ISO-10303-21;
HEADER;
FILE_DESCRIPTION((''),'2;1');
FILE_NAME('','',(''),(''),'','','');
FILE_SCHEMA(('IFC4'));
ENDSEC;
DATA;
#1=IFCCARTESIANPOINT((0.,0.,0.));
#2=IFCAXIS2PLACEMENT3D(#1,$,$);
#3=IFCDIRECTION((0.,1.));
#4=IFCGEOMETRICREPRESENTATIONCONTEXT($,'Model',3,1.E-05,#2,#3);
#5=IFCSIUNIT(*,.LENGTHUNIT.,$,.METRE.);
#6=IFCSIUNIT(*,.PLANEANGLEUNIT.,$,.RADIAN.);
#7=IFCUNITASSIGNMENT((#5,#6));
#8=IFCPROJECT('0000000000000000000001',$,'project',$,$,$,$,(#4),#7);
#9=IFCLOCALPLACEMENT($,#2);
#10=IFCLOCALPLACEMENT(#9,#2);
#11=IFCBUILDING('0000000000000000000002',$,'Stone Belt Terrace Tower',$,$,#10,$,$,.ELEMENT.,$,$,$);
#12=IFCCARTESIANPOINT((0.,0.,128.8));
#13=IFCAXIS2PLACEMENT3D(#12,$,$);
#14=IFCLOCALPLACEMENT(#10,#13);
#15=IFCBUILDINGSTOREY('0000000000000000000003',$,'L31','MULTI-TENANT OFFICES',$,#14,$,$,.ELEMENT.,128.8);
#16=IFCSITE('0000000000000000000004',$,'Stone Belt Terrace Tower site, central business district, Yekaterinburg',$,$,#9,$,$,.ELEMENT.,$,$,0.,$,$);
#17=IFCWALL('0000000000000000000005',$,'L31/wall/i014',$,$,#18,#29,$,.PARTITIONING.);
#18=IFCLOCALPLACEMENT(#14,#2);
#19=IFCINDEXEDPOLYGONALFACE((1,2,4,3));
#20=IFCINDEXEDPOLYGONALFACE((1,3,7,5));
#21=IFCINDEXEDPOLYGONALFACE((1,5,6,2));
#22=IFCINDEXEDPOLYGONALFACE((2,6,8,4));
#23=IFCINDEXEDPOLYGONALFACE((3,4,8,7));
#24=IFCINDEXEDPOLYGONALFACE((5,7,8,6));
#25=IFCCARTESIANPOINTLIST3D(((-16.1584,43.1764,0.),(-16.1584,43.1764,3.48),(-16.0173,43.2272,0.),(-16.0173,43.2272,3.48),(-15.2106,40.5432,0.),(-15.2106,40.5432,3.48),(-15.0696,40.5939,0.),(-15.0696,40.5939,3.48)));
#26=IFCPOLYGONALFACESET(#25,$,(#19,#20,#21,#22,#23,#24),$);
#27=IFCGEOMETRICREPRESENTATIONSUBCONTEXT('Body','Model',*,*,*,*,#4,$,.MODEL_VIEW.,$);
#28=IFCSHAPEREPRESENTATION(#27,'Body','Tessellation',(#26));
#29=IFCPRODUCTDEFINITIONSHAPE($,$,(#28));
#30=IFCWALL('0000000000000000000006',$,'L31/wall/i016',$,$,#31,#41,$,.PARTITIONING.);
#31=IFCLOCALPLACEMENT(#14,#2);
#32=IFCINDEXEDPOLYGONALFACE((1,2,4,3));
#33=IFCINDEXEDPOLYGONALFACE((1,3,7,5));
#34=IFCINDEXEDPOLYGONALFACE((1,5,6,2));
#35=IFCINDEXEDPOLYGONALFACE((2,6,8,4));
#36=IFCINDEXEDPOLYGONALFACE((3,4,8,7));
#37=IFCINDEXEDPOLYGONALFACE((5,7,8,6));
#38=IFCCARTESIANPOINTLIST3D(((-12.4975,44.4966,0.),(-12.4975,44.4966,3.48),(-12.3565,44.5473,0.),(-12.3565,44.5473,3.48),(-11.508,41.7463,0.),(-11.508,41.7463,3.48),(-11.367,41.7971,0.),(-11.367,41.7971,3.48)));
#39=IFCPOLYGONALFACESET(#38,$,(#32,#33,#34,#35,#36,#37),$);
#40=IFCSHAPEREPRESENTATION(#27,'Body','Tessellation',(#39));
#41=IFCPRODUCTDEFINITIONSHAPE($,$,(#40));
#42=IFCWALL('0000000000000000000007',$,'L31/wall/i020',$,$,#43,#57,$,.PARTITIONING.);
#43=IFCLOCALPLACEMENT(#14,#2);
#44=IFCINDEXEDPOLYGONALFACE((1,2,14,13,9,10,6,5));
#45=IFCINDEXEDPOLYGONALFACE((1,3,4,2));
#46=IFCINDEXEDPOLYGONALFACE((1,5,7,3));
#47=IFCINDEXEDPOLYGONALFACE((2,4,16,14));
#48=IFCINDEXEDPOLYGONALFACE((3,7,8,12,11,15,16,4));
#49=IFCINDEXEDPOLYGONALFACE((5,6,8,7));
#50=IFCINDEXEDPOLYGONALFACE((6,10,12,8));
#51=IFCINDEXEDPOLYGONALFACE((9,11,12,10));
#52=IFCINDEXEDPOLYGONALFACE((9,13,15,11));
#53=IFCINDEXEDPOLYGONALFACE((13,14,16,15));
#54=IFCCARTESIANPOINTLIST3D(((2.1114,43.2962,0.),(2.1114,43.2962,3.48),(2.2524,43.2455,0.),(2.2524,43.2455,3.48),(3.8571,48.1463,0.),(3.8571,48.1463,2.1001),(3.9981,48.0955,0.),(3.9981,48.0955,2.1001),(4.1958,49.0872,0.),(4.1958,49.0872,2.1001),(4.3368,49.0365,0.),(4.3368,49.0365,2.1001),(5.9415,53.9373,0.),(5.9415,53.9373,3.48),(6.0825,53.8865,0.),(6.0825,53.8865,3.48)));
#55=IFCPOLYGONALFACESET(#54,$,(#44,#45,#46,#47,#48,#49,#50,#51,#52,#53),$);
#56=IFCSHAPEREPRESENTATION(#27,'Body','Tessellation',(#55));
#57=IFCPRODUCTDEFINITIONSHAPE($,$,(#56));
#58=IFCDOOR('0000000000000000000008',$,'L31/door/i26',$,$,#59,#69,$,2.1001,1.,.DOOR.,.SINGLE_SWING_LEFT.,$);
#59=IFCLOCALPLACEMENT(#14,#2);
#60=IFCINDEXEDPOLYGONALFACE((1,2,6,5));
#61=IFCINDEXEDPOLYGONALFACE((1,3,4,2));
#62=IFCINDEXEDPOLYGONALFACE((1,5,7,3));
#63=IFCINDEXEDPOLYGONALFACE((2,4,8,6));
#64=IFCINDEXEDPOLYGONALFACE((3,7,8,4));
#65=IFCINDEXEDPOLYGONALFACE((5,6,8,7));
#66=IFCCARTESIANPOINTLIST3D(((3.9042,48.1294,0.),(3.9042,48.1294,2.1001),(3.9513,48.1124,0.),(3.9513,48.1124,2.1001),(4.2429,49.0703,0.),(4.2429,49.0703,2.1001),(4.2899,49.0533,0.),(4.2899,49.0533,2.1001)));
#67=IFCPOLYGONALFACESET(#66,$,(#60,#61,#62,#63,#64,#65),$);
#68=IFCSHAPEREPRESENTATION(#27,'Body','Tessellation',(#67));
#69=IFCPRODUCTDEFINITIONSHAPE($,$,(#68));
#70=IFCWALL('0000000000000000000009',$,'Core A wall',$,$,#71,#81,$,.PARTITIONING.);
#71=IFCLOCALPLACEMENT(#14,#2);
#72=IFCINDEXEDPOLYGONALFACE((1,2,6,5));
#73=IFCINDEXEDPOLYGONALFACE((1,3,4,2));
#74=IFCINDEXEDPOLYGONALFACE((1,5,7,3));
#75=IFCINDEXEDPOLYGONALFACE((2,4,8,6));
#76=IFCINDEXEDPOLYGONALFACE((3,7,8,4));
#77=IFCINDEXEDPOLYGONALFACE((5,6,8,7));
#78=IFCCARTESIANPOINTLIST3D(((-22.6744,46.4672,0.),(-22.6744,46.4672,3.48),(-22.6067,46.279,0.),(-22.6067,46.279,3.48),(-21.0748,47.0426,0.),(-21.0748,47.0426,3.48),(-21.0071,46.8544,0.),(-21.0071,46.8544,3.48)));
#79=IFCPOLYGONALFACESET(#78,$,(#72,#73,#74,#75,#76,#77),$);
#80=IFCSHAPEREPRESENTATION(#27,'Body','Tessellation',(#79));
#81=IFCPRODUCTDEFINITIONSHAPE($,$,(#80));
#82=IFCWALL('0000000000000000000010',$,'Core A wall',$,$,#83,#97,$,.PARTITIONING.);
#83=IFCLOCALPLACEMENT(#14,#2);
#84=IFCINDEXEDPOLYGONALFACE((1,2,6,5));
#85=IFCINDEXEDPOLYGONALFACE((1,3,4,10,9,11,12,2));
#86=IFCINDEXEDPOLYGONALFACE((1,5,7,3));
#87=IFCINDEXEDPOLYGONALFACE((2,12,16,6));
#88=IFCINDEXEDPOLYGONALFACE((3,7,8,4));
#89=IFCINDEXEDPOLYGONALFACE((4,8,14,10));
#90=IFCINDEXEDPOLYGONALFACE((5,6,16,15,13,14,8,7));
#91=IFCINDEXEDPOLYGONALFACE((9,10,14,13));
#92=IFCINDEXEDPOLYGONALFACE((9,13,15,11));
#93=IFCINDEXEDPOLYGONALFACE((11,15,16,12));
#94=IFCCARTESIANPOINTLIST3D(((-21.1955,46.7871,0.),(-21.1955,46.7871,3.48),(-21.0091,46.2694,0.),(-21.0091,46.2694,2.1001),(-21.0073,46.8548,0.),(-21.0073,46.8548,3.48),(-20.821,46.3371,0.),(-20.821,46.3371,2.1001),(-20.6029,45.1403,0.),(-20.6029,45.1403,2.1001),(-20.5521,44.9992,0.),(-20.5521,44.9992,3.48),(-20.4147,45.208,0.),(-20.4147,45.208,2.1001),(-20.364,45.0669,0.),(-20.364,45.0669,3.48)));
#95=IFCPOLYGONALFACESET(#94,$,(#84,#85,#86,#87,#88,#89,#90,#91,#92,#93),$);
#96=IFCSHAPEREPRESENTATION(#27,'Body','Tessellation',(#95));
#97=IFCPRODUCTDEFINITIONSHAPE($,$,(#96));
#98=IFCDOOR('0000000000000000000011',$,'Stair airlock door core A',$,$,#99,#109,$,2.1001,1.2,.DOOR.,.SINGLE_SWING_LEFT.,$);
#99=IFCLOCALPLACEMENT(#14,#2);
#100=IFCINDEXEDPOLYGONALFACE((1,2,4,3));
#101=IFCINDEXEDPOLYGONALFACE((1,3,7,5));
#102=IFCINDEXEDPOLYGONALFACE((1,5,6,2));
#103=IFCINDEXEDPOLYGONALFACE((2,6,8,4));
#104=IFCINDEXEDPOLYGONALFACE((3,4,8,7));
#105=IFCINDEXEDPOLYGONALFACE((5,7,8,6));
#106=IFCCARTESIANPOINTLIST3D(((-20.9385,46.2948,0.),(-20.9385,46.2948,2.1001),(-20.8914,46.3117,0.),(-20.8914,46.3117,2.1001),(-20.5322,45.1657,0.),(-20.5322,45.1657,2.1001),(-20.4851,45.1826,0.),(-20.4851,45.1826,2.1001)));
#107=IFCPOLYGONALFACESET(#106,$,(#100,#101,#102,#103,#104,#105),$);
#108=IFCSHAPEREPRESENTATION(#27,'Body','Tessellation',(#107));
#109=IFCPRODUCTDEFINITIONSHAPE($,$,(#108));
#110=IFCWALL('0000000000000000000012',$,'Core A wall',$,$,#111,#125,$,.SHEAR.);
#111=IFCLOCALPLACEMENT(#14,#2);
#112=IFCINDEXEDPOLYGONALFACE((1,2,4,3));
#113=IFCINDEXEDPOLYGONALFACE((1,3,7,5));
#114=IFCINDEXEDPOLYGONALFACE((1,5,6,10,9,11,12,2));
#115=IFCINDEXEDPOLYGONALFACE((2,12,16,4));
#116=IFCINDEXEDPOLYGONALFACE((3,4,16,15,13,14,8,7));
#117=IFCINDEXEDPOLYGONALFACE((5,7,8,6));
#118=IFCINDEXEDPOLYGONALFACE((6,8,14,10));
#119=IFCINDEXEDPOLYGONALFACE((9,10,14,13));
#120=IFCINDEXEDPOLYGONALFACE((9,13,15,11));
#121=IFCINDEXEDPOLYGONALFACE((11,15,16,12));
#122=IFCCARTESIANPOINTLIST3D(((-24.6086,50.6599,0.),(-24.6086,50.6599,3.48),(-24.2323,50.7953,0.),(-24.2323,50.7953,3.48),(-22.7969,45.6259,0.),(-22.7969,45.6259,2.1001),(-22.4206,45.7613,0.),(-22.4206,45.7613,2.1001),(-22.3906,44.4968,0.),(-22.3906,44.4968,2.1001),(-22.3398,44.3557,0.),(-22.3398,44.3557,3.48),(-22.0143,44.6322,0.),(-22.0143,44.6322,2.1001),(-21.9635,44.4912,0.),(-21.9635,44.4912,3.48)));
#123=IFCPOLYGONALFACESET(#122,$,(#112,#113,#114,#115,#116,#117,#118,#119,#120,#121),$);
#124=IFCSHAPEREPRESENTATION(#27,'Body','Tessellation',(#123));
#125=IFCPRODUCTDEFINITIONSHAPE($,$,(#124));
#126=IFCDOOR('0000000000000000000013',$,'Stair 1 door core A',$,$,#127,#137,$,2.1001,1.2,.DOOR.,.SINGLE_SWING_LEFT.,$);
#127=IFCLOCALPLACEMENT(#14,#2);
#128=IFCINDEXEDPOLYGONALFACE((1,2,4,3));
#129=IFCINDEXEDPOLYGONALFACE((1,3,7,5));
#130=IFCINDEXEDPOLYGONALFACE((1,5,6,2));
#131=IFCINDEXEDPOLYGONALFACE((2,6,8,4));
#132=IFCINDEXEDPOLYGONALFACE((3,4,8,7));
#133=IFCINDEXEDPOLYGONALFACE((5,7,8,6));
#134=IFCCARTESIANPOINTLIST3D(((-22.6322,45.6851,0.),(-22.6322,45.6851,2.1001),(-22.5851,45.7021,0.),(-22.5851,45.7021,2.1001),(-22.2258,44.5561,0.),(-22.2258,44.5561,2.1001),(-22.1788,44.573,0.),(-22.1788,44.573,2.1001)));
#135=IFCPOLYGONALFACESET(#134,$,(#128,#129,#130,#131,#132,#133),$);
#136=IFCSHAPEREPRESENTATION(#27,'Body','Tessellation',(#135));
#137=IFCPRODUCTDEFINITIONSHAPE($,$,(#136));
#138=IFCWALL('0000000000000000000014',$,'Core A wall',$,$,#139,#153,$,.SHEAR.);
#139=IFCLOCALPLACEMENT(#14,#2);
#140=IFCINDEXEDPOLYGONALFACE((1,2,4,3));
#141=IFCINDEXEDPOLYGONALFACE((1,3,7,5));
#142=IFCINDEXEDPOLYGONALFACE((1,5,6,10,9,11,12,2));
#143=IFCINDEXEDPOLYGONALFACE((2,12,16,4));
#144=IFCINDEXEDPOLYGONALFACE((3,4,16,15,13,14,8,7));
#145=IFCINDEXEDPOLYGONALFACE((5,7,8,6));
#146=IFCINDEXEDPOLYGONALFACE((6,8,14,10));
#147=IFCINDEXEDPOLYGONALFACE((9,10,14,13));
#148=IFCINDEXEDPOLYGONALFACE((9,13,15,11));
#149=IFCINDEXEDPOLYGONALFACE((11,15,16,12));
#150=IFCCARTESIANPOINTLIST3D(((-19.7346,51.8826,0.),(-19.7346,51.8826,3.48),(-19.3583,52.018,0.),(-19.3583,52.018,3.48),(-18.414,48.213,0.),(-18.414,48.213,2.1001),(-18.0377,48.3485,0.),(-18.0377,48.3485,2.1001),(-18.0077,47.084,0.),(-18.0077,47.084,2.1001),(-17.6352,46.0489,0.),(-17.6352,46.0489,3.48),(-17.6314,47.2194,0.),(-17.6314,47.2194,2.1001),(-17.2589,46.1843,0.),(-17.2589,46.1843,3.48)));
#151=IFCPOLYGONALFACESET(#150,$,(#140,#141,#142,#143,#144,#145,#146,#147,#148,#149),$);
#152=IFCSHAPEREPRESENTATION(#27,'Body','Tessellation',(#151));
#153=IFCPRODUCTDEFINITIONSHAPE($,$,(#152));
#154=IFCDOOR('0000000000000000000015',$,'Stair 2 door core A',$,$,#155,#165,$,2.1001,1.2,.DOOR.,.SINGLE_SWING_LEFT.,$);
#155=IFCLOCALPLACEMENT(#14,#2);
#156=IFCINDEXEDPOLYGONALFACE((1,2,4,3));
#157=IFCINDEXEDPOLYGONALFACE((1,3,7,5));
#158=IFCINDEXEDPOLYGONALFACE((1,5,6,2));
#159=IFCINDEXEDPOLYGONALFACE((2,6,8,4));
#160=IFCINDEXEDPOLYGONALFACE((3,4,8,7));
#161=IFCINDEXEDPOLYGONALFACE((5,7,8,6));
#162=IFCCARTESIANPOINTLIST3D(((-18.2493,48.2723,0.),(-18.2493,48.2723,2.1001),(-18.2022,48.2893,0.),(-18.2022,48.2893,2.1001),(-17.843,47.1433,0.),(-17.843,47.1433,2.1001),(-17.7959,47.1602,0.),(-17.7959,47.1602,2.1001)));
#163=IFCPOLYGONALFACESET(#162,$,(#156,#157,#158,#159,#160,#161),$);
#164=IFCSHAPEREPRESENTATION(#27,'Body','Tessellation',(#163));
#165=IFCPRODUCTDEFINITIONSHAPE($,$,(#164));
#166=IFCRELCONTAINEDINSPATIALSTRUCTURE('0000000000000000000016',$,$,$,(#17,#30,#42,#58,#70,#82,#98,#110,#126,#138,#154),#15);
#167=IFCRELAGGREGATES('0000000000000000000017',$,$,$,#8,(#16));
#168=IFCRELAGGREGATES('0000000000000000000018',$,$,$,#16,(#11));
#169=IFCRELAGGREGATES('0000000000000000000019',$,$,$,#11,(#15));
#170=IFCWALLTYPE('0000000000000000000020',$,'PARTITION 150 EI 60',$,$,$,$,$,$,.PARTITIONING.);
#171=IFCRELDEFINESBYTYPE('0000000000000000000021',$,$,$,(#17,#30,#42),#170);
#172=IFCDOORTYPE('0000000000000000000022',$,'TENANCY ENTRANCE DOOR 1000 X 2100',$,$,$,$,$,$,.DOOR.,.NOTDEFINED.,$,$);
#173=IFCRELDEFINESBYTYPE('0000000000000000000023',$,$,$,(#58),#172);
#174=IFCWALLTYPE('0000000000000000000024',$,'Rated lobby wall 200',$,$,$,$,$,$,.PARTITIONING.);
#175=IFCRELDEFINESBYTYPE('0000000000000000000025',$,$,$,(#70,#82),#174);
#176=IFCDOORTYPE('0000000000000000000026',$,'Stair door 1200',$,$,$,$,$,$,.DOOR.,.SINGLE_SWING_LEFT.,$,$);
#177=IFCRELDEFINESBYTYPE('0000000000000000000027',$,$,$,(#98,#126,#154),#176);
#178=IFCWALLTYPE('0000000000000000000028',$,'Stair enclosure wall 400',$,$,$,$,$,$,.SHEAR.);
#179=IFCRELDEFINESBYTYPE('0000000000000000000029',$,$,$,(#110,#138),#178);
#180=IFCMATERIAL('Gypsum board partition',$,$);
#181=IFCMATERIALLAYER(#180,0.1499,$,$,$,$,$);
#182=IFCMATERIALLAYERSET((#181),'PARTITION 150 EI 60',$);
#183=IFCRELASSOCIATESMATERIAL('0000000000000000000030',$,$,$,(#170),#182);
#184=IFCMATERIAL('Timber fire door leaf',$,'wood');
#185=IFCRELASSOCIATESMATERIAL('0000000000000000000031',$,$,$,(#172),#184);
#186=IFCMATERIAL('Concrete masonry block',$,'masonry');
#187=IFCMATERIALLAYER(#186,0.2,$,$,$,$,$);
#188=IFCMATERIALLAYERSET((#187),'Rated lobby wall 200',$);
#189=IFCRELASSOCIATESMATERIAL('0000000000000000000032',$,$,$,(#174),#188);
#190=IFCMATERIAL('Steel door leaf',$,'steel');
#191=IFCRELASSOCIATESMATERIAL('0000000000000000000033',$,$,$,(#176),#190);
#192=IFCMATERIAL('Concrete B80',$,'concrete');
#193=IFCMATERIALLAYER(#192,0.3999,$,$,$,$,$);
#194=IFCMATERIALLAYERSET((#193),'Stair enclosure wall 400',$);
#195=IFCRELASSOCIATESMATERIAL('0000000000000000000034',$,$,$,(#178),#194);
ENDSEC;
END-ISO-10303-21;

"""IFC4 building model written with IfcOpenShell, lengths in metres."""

from ifc_helpers import new_model, si_unit, direction, frame, frame_2d, origin, place, context, subcontext, project, spatial, rectangle, extrude, material, layer, layer_set, type_object, element, fill, save


model = new_model("IFC4")

# Units and contexts
model_context = context("Model", 3, precision=1e-05, world=origin(), true_north=direction((0.0, 1.0)))
body_context = subcontext(model_context, "Body", "Model", "MODEL_VIEW")
ifc_project = project(units=[si_unit("LENGTHUNIT", "METRE"), si_unit("PLANEANGLEUNIT", "RADIAN")], contexts=[model_context])

# Site, building, storey
site_placement = place(None, origin())
site = spatial("IfcSite", under=ifc_project, at=site_placement, Name="Stone Belt Terrace Tower site, central business district, Yekaterinburg", CompositionType="ELEMENT", RefElevation=0.0)
building_placement = place(site_placement, origin())
building = spatial("IfcBuilding", under=site, at=building_placement, Name="Stone Belt Terrace Tower", CompositionType="ELEMENT")
storey_placement = place(building_placement, frame((0.0, 0.0, 128.8)))
storey = spatial("IfcBuildingStorey", under=building, at=storey_placement, Name="L31", Description="MULTI-TENANT OFFICES", CompositionType="ELEMENT", Elevation=128.8)

# Shared definitions
ifc_material_1 = material(Name="Concrete B80", Category="concrete")

# Shared definitions
ifc_material_2 = material(Name="Gypsum board partition")
ifc_layer_1 = layer(ifc_material_2, 0.1499)
ifc_layer_set_1 = layer_set([ifc_layer_1], Name="PARTITION 150 EI 60")
wall_type_1 = type_object("IfcWallType", Name="PARTITION 150 EI 60", PredefinedType="PARTITIONING", material=ifc_layer_set_1)

# Walls
wall_1_placement = place(storey_placement, frame((-16.0879, 43.2019, 0.0), z_axis=(0.0, 0.0, 1.0), x_axis=(0.338645, -0.940914, 0.0)))
element("IfcWall", 1, at=wall_1_placement, inside=storey, type_object=wall_type_1, Name="L31/wall/i014", PredefinedType="PARTITIONING", context=body_context, shape_type="SweptSolid", body=[
    extrude(rectangle(XDim=2.7986, YDim=0.1499, at=frame_2d((1.3994, 0.0))), origin(), (0.0, 0.0, 1.0), 3.48),
])
wall_2_placement = place(storey_placement, frame((-12.427, 44.522, 0.0), z_axis=(0.0, 0.0, 1.0), x_axis=(0.338542, -0.940951, 0.0)))
element("IfcWall", 2, at=wall_2_placement, inside=storey, type_object=wall_type_1, Name="L31/wall/i016", PredefinedType="PARTITIONING", context=body_context, shape_type="SweptSolid", body=[
    extrude(rectangle(XDim=2.9229, YDim=0.1499, at=frame_2d((1.4614, 0.0))), origin(), (0.0, 0.0, 1.0), 3.48),
])

# Wall, opening, door
wall_3_placement = place(storey_placement, frame((2.1819, 43.2708, 0.0), z_axis=(0.0, 0.0, 1.0), x_axis=(0.338663, 0.940908, 0.0)))
wall_3 = element("IfcWall", 3, at=wall_3_placement, inside=storey, type_object=wall_type_1, Name="L31/wall/i020", PredefinedType="PARTITIONING", context=body_context, shape_type="SweptSolid", body=[
    extrude(rectangle(XDim=11.3093, YDim=0.1499, at=frame_2d((5.6548, 0.0))), origin(), (0.0, 0.0, 1.0), 3.48),
])
opening_1_placement = place(wall_3_placement, frame((5.1548, 0.0, 0.0)))
opening_1 = element("IfcOpeningElement", 4, at=opening_1_placement, cuts=wall_3, PredefinedType="OPENING", context=body_context, shape_type="SweptSolid", body=[
    extrude(rectangle(XDim=1.0, YDim=2.1001, at=frame_2d((0.5, 1.05))), frame((0.0, 0.085, 0.0), z_axis=(0.0, -1.0, 0.0), x_axis=(1.0, 0.0, 0.0)), (0.0, 0.0, 1.0), 0.1699),
])
ifc_material_3 = material(Name="Timber fire door leaf", Category="wood")
door_type_1 = type_object("IfcDoorType", Name="TENANCY ENTRANCE DOOR 1000 X 2100", OperationType="NOTDEFINED", PredefinedType="DOOR", material=ifc_material_3)
door_1_placement = place(opening_1_placement, origin())
door_1 = element("IfcDoor", 5, at=door_1_placement, inside=storey, type_object=door_type_1, Name="L31/door/i26", OperationType="SINGLE_SWING_LEFT", OverallHeight=2.1001, OverallWidth=1.0, PredefinedType="DOOR", context=body_context, shape_type="SweptSolid", body=[
    extrude(rectangle(XDim=1.0, YDim=2.1001, at=frame_2d((0.5, 1.05))), frame((0.0, 0.0249, 0.0), z_axis=(0.0, -1.0, 0.0), x_axis=(1.0, 0.0, 0.0)), (0.0, 0.0, 1.0), 0.05),
])
fill(opening_1, door_1)

# Wall
ifc_material_4 = material(Name="Concrete masonry block", Category="masonry")
ifc_layer_2 = layer(ifc_material_4, 0.2)
ifc_layer_set_2 = layer_set([ifc_layer_2], Name="Rated lobby wall 200")
wall_type_2 = type_object("IfcWallType", Name="Rated lobby wall 200", PredefinedType="PARTITIONING", material=ifc_layer_set_2)
wall_4_placement = place(storey_placement, frame((-22.6406, 46.373, 0.0), z_axis=(0.0, 0.0, 1.0), x_axis=(0.940966, 0.338501, 0.0)))
element("IfcWall", 6, at=wall_4_placement, inside=storey, type_object=wall_type_2, Name="Core A wall", PredefinedType="PARTITIONING", context=body_context, shape_type="SweptSolid", body=[
    extrude(rectangle(XDim=1.7, YDim=0.2, at=frame_2d((0.8501, 0.0))), origin(), (0.0, 0.0, 1.0), 3.48),
])

# Walls, openings, doors
wall_5_placement = place(storey_placement, frame((-20.458, 45.033, 0.0), z_axis=(0.0, 0.0, 1.0), x_axis=(-0.338574, 0.94094, 0.0)))
wall_5 = element("IfcWall", 7, at=wall_5_placement, inside=storey, type_object=wall_type_2, Name="Core A wall", PredefinedType="PARTITIONING", context=body_context, shape_type="SweptSolid", body=[
    extrude(rectangle(XDim=1.9001, YDim=0.2, at=frame_2d((0.9502, 0.0))), origin(), (0.0, 0.0, 1.0), 3.48),
])
opening_2_placement = place(wall_5_placement, frame((0.1499, 0.0, 0.0)))
opening_2 = element("IfcOpeningElement", 8, at=opening_2_placement, cuts=wall_5, PredefinedType="OPENING", context=body_context, shape_type="SweptSolid", body=[
    extrude(rectangle(XDim=1.2, YDim=2.1001, at=frame_2d((0.6001, 1.05))), frame((0.0, 0.1099, 0.0), z_axis=(0.0, -1.0, 0.0), x_axis=(1.0, 0.0, 0.0)), (0.0, 0.0, 1.0), 0.22),
])
ifc_material_5 = material(Name="Steel door leaf", Category="steel")
door_type_2 = type_object("IfcDoorType", Name="Stair door 1200", OperationType="SINGLE_SWING_LEFT", PredefinedType="DOOR", material=ifc_material_5)
door_2_placement = place(opening_2_placement, origin())
door_2 = element("IfcDoor", 9, at=door_2_placement, inside=storey, type_object=door_type_2, Name="Stair airlock door core A", OperationType="SINGLE_SWING_LEFT", OverallHeight=2.1001, OverallWidth=1.2, PredefinedType="DOOR", context=body_context, shape_type="SweptSolid", body=[
    extrude(rectangle(XDim=1.2, YDim=2.1001, at=frame_2d((0.6001, 1.05))), frame((0.0, 0.0249, 0.0), z_axis=(0.0, -1.0, 0.0), x_axis=(1.0, 0.0, 0.0)), (0.0, 0.0, 1.0), 0.05),
])
fill(opening_2, door_2)
ifc_layer_3 = layer(ifc_material_1, 0.3999)
ifc_layer_set_3 = layer_set([ifc_layer_3], Name="Stair enclosure wall 400")
wall_type_3 = type_object("IfcWallType", Name="Stair enclosure wall 400", PredefinedType="SHEAR", material=ifc_layer_set_3)
wall_6_placement = place(storey_placement, frame((-22.1516, 44.4233, 0.0), z_axis=(0.0, 0.0, 1.0), x_axis=(-0.338625, 0.940921, 0.0)))
wall_6 = element("IfcWall", 10, at=wall_6_placement, inside=storey, type_object=wall_type_3, Name="Core A wall", PredefinedType="SHEAR", context=body_context, shape_type="SweptSolid", body=[
    extrude(rectangle(XDim=6.7, YDim=0.3999, at=frame_2d((3.3501, 0.0))), origin(), (0.0, 0.0, 1.0), 3.48),
])
opening_3_placement = place(wall_6_placement, frame((0.1499, 0.0, 0.0)))
opening_3 = element("IfcOpeningElement", 11, at=opening_3_placement, cuts=wall_6, PredefinedType="OPENING", context=body_context, shape_type="SweptSolid", body=[
    extrude(rectangle(XDim=1.2, YDim=2.1001, at=frame_2d((0.6001, 1.05))), frame((0.0, 0.21, 0.0), z_axis=(0.0, -1.0, 0.0), x_axis=(1.0, 0.0, 0.0)), (0.0, 0.0, 1.0), 0.4199),
])
door_3_placement = place(opening_3_placement, origin())
door_3 = element("IfcDoor", 12, at=door_3_placement, inside=storey, type_object=door_type_2, Name="Stair 1 door core A", OperationType="SINGLE_SWING_LEFT", OverallHeight=2.1001, OverallWidth=1.2, PredefinedType="DOOR", context=body_context, shape_type="SweptSolid", body=[
    extrude(rectangle(XDim=1.2, YDim=2.1001, at=frame_2d((0.6001, 1.05))), frame((0.0, 0.0249, 0.0), z_axis=(0.0, -1.0, 0.0), x_axis=(1.0, 0.0, 0.0)), (0.0, 0.0, 1.0), 0.05),
])
fill(opening_3, door_3)
wall_7_placement = place(storey_placement, frame((-17.447, 46.1165, 0.0), z_axis=(0.0, 0.0, 1.0), x_axis=(-0.338608, 0.940928, 0.0)))
wall_7 = element("IfcWall", 13, at=wall_7_placement, inside=storey, type_object=wall_type_3, Name="Core A wall", PredefinedType="SHEAR", context=body_context, shape_type="SweptSolid", body=[
    extrude(rectangle(XDim=6.2, YDim=0.3999, at=frame_2d((3.1001, 0.0))), origin(), (0.0, 0.0, 1.0), 3.48),
])
opening_4_placement = place(wall_7_placement, frame((1.1001, 0.0, 0.0)))
opening_4 = element("IfcOpeningElement", 14, at=opening_4_placement, cuts=wall_7, PredefinedType="OPENING", context=body_context, shape_type="SweptSolid", body=[
    extrude(rectangle(XDim=1.2, YDim=2.1001, at=frame_2d((0.6001, 1.05))), frame((0.0, 0.21, 0.0), z_axis=(0.0, -1.0, 0.0), x_axis=(1.0, 0.0, 0.0)), (0.0, 0.0, 1.0), 0.4199),
])
door_4_placement = place(opening_4_placement, origin())
door_4 = element("IfcDoor", 15, at=door_4_placement, inside=storey, type_object=door_type_2, Name="Stair 2 door core A", OperationType="SINGLE_SWING_LEFT", OverallHeight=2.1001, OverallWidth=1.2, PredefinedType="DOOR", context=body_context, shape_type="SweptSolid", body=[
    extrude(rectangle(XDim=1.2, YDim=2.1001, at=frame_2d((0.6001, 1.05))), frame((0.0, 0.0249, 0.0), z_axis=(0.0, -1.0, 0.0), x_axis=(1.0, 0.0, 0.0)), (0.0, 0.0, 1.0), 0.05),
])
fill(opening_4, door_4)

save(model, "model.ifc")
